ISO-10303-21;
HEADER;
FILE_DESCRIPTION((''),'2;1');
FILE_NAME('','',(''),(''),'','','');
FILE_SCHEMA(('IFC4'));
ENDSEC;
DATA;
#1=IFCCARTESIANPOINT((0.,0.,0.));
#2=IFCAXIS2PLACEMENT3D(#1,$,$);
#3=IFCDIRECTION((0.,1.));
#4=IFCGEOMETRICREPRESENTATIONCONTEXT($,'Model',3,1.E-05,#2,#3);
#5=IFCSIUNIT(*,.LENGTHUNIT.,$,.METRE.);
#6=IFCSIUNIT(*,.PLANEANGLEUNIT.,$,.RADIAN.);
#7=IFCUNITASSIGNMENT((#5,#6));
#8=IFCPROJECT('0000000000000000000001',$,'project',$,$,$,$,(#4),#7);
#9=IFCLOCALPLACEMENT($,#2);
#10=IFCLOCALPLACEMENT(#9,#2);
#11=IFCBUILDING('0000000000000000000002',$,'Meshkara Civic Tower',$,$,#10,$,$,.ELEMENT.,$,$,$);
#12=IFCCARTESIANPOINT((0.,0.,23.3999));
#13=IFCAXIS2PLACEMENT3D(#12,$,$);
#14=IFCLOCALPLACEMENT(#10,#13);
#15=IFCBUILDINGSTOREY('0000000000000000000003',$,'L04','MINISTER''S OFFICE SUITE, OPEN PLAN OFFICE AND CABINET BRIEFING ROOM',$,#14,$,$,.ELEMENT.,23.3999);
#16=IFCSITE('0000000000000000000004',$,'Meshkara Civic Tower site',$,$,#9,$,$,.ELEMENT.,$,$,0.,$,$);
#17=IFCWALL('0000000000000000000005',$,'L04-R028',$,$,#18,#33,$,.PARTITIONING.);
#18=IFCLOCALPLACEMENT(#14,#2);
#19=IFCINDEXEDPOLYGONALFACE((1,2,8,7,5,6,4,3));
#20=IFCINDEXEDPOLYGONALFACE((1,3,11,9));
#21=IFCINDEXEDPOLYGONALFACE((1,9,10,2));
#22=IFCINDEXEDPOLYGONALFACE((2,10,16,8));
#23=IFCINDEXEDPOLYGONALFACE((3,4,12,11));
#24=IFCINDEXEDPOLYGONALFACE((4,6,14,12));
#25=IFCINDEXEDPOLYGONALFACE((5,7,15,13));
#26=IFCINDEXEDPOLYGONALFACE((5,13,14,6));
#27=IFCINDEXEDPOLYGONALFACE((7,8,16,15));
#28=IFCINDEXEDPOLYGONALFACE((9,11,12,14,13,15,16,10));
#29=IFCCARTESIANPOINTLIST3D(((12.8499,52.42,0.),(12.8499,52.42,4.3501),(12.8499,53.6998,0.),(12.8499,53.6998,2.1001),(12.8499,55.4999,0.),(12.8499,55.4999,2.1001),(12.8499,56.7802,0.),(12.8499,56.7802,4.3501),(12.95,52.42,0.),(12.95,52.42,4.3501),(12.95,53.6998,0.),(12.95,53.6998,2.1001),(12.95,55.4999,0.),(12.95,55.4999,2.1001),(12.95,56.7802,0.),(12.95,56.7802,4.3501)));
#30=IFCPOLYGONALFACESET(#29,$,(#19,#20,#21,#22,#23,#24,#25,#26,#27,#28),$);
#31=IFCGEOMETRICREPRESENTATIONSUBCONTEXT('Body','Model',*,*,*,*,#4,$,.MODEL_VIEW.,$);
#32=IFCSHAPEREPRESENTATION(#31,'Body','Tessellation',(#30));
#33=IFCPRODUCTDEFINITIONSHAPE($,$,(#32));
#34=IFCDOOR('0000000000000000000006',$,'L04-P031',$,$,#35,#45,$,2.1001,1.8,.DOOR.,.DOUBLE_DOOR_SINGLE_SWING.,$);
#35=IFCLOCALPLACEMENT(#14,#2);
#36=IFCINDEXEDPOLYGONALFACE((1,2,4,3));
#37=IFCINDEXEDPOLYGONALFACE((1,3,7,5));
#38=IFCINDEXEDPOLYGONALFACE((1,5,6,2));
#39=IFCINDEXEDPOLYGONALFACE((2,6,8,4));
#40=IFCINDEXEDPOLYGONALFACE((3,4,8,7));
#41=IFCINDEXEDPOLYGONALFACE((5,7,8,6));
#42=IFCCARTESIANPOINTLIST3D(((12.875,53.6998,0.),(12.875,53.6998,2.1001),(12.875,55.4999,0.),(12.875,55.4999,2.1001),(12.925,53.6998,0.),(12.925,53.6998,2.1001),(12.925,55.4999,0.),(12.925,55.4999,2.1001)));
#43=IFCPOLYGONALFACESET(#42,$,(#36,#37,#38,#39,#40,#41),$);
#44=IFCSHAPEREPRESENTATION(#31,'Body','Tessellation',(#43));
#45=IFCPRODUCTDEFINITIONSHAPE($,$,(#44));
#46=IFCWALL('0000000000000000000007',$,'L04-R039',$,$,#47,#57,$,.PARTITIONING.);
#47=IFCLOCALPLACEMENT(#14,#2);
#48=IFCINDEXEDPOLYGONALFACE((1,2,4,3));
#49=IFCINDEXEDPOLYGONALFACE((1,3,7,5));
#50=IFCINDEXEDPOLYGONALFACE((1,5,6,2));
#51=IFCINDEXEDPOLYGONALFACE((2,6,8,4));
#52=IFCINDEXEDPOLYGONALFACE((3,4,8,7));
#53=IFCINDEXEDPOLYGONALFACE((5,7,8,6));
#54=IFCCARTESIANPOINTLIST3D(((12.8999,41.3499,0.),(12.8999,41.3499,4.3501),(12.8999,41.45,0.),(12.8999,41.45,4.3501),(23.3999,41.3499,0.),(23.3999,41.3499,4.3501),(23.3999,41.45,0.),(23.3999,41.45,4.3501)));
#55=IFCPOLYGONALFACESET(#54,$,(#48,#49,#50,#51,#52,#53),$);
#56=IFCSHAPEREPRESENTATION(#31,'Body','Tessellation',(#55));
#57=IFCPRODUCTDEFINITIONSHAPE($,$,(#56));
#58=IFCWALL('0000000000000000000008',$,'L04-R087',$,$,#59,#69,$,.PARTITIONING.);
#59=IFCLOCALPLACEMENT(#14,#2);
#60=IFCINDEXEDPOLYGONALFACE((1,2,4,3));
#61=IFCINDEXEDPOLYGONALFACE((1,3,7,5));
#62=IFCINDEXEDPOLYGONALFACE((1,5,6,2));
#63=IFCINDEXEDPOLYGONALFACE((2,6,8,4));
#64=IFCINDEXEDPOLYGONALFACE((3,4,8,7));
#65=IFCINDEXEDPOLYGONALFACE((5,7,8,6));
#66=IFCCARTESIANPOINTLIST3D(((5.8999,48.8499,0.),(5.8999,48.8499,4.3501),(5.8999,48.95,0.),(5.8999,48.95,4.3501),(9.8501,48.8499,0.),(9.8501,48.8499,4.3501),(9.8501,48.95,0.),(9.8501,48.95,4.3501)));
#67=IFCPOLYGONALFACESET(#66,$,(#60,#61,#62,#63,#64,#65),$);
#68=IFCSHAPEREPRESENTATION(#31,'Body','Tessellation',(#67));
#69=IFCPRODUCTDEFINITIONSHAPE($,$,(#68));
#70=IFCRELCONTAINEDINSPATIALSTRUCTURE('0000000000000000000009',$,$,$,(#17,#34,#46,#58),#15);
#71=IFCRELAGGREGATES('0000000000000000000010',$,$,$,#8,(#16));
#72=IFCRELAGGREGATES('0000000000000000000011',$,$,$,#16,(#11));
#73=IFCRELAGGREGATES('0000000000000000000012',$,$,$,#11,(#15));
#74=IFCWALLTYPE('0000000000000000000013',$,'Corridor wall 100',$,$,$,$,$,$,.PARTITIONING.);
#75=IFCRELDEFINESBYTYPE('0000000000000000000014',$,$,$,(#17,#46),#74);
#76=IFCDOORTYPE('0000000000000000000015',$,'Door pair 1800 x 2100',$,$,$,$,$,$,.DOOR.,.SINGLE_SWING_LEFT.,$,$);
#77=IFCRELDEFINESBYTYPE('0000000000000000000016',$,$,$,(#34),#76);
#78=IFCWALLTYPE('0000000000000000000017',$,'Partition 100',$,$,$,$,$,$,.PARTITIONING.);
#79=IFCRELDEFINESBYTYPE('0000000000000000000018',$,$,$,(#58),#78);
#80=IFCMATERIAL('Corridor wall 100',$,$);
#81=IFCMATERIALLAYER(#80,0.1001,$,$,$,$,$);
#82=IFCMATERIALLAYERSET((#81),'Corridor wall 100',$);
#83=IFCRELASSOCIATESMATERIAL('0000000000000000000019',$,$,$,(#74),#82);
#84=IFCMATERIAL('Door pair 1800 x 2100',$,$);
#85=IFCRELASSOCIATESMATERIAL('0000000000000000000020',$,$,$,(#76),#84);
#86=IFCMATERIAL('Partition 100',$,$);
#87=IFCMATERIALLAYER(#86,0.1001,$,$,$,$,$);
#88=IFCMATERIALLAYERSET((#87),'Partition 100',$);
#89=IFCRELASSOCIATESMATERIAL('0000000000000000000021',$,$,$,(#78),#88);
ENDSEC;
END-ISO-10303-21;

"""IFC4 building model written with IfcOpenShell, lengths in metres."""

from ifc_helpers import new_model, si_unit, direction, frame, frame_2d, origin, place, context, subcontext, project, spatial, rectangle, extrude, material, layer, layer_set, type_object, element, fill, save


model = new_model("IFC4")

# Units and contexts
model_context = context("Model", 3, precision=1e-05, world=origin(), true_north=direction((0.0, 1.0)))
body_context = subcontext(model_context, "Body", "Model", "MODEL_VIEW")
ifc_project = project(units=[si_unit("LENGTHUNIT", "METRE"), si_unit("PLANEANGLEUNIT", "RADIAN")], contexts=[model_context])

# Site, building, storey
site_placement = place(None, origin())
site = spatial("IfcSite", under=ifc_project, at=site_placement, Name="Meshkara Civic Tower site", CompositionType="ELEMENT", RefElevation=0.0)
building_placement = place(site_placement, origin())
building = spatial("IfcBuilding", under=site, at=building_placement, Name="Meshkara Civic Tower", CompositionType="ELEMENT")
storey_placement = place(building_placement, frame((0.0, 0.0, 23.3999)))
storey = spatial("IfcBuildingStorey", under=building, at=storey_placement, Name="L04", Description="MINISTER'S OFFICE SUITE, OPEN PLAN OFFICE AND CABINET BRIEFING ROOM", CompositionType="ELEMENT", Elevation=23.3999)

# Shared definitions
ifc_material_1 = material(Name="Corridor wall 100")
ifc_layer_1 = layer(ifc_material_1, 0.1001)
ifc_layer_set_1 = layer_set([ifc_layer_1], Name="Corridor wall 100")
wall_type_1 = type_object("IfcWallType", Name="Corridor wall 100", PredefinedType="PARTITIONING", material=ifc_layer_set_1)

# Wall, opening, door
wall_1_placement = place(storey_placement, frame((12.8999, 52.4199, 0.0), z_axis=(0.0, 0.0, 1.0), x_axis=(0.0, 1.0, 0.0)))
wall_1 = element("IfcWall", 1, at=wall_1_placement, inside=storey, type_object=wall_type_1, Name="L04-R028", PredefinedType="PARTITIONING", context=body_context, shape_type="SweptSolid", body=[
    extrude(rectangle(XDim=4.3601, YDim=0.1001, at=frame_2d((2.1802, 0.0))), origin(), (0.0, 0.0, 1.0), 4.3501),
])
opening_1_placement = place(wall_1_placement, frame((1.28, 0.0, 0.0)))
opening_1 = element("IfcOpeningElement", 2, at=opening_1_placement, cuts=wall_1, PredefinedType="OPENING", context=body_context, shape_type="SweptSolid", body=[
    extrude(rectangle(XDim=1.8, YDim=2.1001, at=frame_2d((0.8999, 1.05))), frame((0.0, 0.0601, 0.0), z_axis=(0.0, -1.0, 0.0), x_axis=(1.0, 0.0, 0.0)), (0.0, 0.0, 1.0), 0.1201),
])
ifc_material_2 = material(Name="Door pair 1800 x 2100")
door_type_1 = type_object("IfcDoorType", Name="Door pair 1800 x 2100", OperationType="SINGLE_SWING_LEFT", PredefinedType="DOOR", material=ifc_material_2)
door_1_placement = place(opening_1_placement, origin())
door_1 = element("IfcDoor", 3, at=door_1_placement, inside=storey, type_object=door_type_1, Name="L04-P031", OperationType="DOUBLE_DOOR_SINGLE_SWING", OverallHeight=2.1001, OverallWidth=1.8, PredefinedType="DOOR", context=body_context, shape_type="SweptSolid", body=[
    extrude(rectangle(XDim=1.8, YDim=2.1001, at=frame_2d((0.8999, 1.05))), frame((0.0, 0.0249, 0.0), z_axis=(0.0, -1.0, 0.0), x_axis=(1.0, 0.0, 0.0)), (0.0, 0.0, 1.0), 0.05),
])
fill(opening_1, door_1)

# Walls
wall_2_placement = place(storey_placement, frame((23.3999, 41.3999, 0.0), z_axis=(0.0, 0.0, 1.0), x_axis=(-1.0, 0.0, 0.0)))
element("IfcWall", 4, at=wall_2_placement, inside=storey, type_object=wall_type_1, Name="L04-R039", PredefinedType="PARTITIONING", context=body_context, shape_type="SweptSolid", body=[
    extrude(rectangle(XDim=10.5, YDim=0.1001, at=frame_2d((5.25, 0.0))), origin(), (0.0, 0.0, 1.0), 4.3501),
])
ifc_material_3 = material(Name="Partition 100")
ifc_layer_2 = layer(ifc_material_3, 0.1001)
ifc_layer_set_2 = layer_set([ifc_layer_2], Name="Partition 100")
wall_type_2 = type_object("IfcWallType", Name="Partition 100", PredefinedType="PARTITIONING", material=ifc_layer_set_2)
wall_3_placement = place(storey_placement, frame((9.8501, 48.8999, 0.0), z_axis=(0.0, 0.0, 1.0), x_axis=(-1.0, 0.0, 0.0)))
element("IfcWall", 5, at=wall_3_placement, inside=storey, type_object=wall_type_2, Name="L04-R087", PredefinedType="PARTITIONING", context=body_context, shape_type="SweptSolid", body=[
    extrude(rectangle(XDim=3.9502, YDim=0.1001, at=frame_2d((1.9751, 0.0))), origin(), (0.0, 0.0, 1.0), 4.3501),
])

save(model, "model.ifc")
